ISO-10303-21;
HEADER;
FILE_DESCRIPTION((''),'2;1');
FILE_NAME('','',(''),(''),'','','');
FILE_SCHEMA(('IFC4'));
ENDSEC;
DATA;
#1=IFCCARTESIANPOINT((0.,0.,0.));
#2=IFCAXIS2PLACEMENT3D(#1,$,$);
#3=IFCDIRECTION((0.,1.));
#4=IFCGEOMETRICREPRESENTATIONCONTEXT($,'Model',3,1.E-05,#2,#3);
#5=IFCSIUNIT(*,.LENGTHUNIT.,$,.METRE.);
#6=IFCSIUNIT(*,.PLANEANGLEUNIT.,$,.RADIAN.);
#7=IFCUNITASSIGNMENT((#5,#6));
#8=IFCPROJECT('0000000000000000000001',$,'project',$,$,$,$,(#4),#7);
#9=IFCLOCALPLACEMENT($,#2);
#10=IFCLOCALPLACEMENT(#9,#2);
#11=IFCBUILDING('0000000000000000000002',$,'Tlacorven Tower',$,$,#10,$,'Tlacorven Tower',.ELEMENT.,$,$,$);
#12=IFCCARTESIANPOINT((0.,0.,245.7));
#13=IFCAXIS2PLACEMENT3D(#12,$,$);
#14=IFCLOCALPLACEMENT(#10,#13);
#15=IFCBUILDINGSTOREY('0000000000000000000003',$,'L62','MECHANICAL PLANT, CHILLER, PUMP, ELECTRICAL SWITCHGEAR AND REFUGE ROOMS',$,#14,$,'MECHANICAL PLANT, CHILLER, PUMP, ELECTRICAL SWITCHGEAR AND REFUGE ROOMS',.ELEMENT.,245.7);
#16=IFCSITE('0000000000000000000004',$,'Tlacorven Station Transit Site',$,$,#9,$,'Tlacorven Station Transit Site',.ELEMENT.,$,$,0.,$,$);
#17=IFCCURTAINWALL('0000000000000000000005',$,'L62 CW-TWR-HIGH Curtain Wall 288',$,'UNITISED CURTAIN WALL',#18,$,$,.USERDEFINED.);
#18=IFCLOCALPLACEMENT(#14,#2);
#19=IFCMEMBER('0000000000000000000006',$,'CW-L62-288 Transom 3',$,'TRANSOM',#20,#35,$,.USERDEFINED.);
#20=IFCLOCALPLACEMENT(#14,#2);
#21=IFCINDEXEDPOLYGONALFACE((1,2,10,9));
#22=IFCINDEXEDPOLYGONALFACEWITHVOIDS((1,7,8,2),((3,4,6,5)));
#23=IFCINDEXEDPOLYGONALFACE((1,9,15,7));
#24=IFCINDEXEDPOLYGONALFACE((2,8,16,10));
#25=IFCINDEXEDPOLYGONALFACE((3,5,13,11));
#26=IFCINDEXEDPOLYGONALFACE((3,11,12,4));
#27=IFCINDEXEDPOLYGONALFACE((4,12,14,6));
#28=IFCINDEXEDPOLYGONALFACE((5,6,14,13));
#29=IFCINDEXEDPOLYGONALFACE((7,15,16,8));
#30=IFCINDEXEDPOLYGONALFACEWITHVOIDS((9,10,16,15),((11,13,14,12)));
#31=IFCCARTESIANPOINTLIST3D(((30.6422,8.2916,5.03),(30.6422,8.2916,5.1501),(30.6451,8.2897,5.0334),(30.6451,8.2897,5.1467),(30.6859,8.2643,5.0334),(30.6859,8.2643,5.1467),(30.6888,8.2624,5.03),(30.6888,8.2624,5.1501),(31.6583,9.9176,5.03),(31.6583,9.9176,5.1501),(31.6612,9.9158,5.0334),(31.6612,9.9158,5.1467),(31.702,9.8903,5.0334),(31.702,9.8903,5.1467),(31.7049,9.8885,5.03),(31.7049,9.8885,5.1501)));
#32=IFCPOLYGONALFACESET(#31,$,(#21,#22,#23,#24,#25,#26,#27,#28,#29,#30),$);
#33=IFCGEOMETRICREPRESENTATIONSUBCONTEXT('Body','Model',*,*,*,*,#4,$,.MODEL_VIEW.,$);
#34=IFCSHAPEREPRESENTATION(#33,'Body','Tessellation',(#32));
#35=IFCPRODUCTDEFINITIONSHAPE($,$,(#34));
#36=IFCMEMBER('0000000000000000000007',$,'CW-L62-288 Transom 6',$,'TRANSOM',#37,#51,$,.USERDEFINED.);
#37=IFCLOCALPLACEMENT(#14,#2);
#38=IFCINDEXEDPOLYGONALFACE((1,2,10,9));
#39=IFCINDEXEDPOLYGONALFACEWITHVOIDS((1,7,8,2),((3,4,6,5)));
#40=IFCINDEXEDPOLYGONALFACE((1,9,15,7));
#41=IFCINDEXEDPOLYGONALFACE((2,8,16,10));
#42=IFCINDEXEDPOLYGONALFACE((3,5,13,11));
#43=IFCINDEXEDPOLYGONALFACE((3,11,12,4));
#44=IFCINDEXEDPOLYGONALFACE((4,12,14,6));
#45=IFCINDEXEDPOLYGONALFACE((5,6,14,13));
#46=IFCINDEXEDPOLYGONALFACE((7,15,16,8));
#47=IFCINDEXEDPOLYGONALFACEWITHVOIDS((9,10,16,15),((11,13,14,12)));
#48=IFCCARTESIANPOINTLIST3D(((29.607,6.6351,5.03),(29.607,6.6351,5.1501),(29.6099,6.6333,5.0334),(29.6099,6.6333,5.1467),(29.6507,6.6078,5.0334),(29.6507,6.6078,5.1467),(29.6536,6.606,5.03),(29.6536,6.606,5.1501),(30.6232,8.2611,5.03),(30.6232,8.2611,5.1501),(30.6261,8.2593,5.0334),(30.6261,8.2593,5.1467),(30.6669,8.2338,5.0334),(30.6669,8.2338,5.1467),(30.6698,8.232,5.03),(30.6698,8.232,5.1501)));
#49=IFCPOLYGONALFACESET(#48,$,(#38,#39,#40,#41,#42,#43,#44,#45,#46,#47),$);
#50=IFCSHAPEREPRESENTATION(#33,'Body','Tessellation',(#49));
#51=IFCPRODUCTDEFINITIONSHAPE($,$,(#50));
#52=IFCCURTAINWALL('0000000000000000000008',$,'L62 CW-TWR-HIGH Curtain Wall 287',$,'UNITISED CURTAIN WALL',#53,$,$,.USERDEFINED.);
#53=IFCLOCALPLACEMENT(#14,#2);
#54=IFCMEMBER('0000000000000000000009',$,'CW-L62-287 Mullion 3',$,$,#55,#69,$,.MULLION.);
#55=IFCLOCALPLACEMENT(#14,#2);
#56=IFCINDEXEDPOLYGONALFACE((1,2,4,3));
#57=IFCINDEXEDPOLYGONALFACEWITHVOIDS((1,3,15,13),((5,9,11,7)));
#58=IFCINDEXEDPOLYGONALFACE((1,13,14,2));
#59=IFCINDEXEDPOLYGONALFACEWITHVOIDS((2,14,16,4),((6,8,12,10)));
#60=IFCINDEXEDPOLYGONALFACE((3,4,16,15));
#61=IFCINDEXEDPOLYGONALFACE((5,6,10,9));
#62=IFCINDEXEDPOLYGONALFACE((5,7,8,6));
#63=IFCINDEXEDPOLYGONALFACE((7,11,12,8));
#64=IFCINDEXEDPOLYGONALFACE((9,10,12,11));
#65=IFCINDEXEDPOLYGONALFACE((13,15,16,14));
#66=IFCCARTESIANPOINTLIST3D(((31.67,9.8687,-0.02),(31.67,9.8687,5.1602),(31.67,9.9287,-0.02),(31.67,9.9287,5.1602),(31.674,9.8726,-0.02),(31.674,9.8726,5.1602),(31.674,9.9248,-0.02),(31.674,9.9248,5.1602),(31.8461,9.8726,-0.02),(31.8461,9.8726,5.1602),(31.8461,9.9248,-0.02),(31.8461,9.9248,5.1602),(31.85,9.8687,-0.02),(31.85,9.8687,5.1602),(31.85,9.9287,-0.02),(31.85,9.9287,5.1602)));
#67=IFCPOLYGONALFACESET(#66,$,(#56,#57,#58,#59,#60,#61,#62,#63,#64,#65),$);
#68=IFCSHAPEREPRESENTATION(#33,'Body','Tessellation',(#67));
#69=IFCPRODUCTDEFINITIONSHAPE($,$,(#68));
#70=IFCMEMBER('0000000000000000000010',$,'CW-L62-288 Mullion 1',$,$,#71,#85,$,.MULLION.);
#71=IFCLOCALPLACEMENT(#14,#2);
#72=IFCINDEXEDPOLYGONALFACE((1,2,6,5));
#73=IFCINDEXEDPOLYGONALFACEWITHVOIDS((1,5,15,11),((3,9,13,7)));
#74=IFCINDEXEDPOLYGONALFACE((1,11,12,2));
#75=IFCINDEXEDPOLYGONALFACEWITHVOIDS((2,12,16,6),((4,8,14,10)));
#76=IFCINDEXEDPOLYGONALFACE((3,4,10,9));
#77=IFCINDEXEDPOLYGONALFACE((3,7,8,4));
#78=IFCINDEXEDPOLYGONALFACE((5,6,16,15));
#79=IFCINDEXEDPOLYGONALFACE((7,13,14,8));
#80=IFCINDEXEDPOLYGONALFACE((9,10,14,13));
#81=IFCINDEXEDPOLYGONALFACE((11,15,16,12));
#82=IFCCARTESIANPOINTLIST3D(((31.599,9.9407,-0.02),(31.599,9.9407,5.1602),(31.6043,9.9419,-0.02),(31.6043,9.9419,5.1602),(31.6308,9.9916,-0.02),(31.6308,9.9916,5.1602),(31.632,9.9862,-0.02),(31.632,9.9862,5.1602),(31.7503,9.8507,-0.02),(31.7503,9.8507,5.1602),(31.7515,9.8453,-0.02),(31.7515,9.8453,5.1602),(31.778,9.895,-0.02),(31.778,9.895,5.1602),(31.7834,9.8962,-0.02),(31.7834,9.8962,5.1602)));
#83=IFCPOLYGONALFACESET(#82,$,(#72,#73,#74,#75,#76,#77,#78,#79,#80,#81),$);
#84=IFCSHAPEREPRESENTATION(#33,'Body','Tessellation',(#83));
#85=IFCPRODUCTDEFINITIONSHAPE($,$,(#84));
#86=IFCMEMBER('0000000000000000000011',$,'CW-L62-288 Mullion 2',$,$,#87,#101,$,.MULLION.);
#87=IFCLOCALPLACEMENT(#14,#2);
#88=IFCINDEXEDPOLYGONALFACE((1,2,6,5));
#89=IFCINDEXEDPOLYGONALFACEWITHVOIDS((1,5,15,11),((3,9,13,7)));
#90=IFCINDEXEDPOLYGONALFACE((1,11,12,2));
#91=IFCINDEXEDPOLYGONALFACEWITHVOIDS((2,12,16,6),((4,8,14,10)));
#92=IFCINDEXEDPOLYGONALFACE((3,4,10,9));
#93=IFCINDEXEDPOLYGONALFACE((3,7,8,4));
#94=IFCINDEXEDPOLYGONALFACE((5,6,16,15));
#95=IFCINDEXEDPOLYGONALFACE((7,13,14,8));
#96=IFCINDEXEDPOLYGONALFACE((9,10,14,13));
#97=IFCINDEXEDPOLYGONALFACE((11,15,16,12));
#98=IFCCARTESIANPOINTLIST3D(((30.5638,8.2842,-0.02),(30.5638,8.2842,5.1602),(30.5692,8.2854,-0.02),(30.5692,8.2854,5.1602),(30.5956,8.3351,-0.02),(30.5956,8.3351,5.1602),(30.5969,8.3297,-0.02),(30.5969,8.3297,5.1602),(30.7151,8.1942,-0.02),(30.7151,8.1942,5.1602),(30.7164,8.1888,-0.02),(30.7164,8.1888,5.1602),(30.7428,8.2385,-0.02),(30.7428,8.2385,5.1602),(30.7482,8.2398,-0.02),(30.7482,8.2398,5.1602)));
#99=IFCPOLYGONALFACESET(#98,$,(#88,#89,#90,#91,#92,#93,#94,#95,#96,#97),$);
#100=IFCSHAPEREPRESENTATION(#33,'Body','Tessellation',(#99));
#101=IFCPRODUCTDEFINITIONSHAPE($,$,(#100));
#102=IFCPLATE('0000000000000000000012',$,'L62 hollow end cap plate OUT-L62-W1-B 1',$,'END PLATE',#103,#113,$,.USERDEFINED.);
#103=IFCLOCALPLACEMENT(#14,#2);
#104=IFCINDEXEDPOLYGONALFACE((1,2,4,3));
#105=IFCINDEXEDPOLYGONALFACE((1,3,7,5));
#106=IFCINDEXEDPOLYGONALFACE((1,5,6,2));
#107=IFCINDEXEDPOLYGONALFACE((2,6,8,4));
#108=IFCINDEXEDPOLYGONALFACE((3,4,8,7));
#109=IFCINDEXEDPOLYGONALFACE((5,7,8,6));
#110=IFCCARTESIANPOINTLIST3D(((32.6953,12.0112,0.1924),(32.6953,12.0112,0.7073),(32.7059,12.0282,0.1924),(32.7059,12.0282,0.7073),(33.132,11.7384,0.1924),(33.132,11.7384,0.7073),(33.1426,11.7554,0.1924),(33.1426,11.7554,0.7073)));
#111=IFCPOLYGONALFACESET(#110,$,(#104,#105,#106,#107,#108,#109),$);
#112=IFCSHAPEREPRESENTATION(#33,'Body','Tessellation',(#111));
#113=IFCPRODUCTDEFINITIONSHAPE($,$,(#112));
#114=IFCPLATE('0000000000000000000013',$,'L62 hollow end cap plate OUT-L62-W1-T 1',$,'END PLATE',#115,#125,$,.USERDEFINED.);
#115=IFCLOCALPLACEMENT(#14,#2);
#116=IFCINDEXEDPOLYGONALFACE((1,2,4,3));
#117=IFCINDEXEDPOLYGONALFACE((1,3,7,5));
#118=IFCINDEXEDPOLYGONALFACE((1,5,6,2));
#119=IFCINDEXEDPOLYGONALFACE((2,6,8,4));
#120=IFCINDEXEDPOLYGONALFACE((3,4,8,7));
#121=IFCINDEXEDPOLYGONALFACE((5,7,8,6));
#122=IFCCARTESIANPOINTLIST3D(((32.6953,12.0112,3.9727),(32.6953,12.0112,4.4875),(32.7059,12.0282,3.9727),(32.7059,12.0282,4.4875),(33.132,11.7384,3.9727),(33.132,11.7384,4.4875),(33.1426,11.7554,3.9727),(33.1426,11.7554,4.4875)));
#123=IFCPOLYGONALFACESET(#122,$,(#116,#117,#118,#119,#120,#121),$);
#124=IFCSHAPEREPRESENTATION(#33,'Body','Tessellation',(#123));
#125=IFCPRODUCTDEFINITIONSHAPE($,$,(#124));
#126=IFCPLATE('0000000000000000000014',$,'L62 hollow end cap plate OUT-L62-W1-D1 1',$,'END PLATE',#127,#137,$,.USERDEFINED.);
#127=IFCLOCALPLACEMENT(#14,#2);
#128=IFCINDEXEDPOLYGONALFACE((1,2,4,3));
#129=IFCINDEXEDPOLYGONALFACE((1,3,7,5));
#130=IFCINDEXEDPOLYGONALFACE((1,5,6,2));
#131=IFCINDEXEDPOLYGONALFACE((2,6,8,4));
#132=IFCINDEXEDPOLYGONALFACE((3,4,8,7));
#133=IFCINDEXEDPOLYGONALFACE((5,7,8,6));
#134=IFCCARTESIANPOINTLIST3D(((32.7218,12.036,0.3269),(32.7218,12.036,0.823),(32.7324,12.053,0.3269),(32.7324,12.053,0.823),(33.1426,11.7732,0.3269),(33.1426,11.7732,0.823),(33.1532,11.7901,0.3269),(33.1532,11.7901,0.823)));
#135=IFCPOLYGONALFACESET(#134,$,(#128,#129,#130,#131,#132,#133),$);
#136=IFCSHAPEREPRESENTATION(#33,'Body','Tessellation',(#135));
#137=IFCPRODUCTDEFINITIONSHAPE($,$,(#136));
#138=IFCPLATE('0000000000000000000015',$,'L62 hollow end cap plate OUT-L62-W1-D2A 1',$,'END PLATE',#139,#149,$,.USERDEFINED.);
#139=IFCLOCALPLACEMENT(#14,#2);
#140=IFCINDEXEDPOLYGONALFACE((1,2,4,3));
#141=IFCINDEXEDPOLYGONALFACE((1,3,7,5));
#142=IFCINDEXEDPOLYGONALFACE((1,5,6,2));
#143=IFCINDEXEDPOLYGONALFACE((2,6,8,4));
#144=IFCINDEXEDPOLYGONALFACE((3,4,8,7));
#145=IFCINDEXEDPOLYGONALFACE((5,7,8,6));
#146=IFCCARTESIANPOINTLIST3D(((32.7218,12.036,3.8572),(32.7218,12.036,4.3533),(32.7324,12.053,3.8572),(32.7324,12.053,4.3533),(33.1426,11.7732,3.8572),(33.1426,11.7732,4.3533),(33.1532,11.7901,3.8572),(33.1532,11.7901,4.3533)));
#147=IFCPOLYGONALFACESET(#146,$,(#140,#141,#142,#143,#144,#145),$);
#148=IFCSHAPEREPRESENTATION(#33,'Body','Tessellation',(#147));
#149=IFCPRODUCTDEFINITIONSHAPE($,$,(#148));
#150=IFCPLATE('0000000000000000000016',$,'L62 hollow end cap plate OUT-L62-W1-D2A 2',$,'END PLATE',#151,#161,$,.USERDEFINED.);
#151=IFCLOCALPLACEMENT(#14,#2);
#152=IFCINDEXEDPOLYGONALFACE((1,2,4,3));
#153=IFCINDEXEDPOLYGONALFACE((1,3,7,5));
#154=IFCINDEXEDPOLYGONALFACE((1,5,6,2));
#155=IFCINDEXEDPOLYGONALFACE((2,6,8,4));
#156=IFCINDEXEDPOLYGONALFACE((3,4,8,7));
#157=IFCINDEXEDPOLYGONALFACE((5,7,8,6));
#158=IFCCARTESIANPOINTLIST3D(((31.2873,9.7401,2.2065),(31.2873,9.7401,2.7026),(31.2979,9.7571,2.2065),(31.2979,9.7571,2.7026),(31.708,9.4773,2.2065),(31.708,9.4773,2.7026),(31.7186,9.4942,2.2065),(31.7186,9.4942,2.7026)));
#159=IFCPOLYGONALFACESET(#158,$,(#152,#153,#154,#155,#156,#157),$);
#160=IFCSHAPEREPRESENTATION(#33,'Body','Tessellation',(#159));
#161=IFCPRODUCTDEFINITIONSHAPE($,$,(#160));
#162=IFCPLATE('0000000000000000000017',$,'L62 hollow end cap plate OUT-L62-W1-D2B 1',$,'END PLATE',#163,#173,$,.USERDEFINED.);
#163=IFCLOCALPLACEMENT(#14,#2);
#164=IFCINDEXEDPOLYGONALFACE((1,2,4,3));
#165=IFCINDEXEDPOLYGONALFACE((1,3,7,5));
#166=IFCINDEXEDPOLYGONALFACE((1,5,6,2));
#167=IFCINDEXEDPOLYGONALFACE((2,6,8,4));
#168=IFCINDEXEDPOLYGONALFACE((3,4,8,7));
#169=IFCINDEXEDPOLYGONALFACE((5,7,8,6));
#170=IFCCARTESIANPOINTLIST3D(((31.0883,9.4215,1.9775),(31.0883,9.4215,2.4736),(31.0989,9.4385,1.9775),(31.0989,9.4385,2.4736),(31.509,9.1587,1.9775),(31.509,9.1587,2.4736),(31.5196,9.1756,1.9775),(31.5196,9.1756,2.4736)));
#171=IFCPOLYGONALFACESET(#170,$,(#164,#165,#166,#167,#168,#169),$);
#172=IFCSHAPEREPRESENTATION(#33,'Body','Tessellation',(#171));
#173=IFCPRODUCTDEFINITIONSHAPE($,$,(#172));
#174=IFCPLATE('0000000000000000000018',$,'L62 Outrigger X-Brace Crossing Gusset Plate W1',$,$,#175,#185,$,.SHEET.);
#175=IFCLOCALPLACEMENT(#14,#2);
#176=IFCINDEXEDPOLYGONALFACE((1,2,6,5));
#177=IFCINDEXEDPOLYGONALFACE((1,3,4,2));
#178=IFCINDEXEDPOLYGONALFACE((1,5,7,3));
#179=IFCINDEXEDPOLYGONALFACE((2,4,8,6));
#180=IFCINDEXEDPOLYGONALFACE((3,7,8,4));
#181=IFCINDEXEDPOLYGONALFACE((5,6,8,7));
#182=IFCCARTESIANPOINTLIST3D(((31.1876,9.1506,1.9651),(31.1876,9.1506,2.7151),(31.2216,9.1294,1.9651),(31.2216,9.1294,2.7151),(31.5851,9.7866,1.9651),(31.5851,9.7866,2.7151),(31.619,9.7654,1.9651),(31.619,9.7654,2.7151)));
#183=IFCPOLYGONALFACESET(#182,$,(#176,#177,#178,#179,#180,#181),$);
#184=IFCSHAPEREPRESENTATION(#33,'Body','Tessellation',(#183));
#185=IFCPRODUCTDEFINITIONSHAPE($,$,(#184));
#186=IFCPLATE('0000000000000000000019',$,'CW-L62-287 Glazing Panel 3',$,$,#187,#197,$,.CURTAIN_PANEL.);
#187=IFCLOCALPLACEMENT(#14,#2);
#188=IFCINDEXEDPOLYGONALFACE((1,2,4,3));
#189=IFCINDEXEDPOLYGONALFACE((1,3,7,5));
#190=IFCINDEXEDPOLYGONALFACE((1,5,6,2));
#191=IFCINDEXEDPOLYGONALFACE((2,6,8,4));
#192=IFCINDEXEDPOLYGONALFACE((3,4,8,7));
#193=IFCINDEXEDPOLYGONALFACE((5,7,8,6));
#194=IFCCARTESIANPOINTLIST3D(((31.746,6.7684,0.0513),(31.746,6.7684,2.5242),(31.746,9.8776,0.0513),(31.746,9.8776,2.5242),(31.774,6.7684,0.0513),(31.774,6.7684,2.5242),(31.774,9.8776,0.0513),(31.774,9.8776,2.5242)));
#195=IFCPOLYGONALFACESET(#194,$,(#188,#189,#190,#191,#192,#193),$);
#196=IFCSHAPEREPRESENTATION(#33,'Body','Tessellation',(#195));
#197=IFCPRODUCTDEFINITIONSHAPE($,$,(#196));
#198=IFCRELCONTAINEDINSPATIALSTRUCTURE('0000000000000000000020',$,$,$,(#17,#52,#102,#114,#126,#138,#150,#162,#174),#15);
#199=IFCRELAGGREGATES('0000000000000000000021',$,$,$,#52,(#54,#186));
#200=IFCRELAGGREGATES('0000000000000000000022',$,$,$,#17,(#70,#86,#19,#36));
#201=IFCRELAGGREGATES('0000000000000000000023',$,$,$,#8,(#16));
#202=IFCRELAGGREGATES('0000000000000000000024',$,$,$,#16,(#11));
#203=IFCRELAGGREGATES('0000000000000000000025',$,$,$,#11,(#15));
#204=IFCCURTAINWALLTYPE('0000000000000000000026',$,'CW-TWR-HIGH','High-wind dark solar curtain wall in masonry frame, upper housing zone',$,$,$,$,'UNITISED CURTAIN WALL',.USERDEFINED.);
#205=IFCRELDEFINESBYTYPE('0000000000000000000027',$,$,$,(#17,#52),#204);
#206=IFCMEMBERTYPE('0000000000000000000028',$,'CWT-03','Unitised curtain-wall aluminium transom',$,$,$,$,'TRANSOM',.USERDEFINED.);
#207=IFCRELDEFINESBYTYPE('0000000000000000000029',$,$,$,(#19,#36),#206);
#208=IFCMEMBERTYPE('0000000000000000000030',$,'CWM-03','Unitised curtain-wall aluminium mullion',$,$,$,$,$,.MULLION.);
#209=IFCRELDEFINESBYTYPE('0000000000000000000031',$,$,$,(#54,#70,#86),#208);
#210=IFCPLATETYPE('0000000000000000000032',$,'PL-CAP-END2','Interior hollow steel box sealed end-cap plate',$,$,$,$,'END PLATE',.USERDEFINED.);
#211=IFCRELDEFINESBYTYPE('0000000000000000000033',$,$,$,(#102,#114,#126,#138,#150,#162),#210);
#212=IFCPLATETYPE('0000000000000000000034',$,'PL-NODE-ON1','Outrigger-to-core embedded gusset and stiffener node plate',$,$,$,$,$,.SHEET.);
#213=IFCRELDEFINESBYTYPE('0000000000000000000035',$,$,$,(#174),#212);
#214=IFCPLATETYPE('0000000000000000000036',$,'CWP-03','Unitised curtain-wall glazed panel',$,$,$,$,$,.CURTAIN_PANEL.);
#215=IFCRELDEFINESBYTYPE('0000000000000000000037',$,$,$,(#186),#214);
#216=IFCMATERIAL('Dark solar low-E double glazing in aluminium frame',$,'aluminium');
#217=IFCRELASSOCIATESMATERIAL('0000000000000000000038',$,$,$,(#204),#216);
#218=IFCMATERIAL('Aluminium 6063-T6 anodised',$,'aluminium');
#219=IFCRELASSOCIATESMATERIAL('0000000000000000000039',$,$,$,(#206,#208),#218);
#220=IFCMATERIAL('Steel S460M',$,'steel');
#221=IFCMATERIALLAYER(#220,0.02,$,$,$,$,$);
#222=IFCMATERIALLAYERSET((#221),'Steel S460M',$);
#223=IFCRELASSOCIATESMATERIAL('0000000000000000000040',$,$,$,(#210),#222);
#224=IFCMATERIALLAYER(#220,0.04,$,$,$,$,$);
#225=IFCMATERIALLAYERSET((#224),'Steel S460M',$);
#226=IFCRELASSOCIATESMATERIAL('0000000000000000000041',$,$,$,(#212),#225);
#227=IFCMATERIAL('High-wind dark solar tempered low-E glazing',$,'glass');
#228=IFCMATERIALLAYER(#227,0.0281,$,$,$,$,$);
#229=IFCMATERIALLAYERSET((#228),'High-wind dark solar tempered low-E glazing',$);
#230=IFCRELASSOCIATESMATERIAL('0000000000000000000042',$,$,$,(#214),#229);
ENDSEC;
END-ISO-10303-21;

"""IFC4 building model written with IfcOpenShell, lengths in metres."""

from ifc_helpers import new_model, si_unit, direction, frame, origin, origin_2d, place, context, subcontext, project, spatial, rectangle, hollow_rectangle, extrude, source, transform, mapped, material, layer, layer_set, material_profile, profile_set, type_object, element, aggregate, save


model = new_model("IFC4")

# Units and contexts
model_context = context("Model", 3, precision=1e-05, world=origin(), true_north=direction((0.0, 1.0)))
body_context = subcontext(model_context, "Body", "Model", "MODEL_VIEW")
ifc_project = project(units=[si_unit("LENGTHUNIT", "METRE"), si_unit("PLANEANGLEUNIT", "RADIAN")], contexts=[model_context])

# Site, building, storey
site_placement = place(None, origin())
site = spatial("IfcSite", under=ifc_project, at=site_placement, Name="Tlacorven Station Transit Site", LongName="Tlacorven Station Transit Site", CompositionType="ELEMENT", RefElevation=0.0)
building_placement = place(site_placement, origin())
building = spatial("IfcBuilding", under=site, at=building_placement, Name="Tlacorven Tower", LongName="Tlacorven Tower", CompositionType="ELEMENT")
storey_placement = place(building_placement, frame((0.0, 0.0, 245.7)))
storey = spatial("IfcBuildingStorey", under=building, at=storey_placement, Name="L62", Description="MECHANICAL PLANT, CHILLER, PUMP, ELECTRICAL SWITCHGEAR AND REFUGE ROOMS", LongName="MECHANICAL PLANT, CHILLER, PUMP, ELECTRICAL SWITCHGEAR AND REFUGE ROOMS", CompositionType="ELEMENT", Elevation=245.7)

# Shared definitions
ifc_material_1 = material(Name="Steel S460M", Category="steel")

# Curtain wall, members
ifc_material_2 = material(Name="Dark solar low-E double glazing in aluminium frame", Category="aluminium")
curtain_wall_type = type_object("IfcCurtainWallType", Name="CW-TWR-HIGH", Description="High-wind dark solar curtain wall in masonry frame, upper housing zone", ElementType="UNITISED CURTAIN WALL", PredefinedType="USERDEFINED", material=ifc_material_2)
curtain_wall_1_placement = place(storey_placement, origin())
curtain_wall_1 = element("IfcCurtainWall", 1, at=curtain_wall_1_placement, inside=storey, type_object=curtain_wall_type, Name="L62 CW-TWR-HIGH Curtain Wall 288", ObjectType="UNITISED CURTAIN WALL", PredefinedType="USERDEFINED")
ifc_material_3 = material(Name="Aluminium 6063-T6 anodised", Category="aluminium")
ifc_material_profile_1 = material_profile(ifc_material_3, hollow_rectangle(XDim=0.0549, YDim=0.1201, WallThickness=0.0034, at=origin_2d()), Name="ALU TRANSOM 55X120")
ifc_profile_set_1 = profile_set([ifc_material_profile_1], Name="Aluminium 6063-T6 anodised")
member_type_1 = type_object("IfcMemberType", Name="CWT-03", Description="Unitised curtain-wall aluminium transom", ElementType="TRANSOM", PredefinedType="USERDEFINED", material=ifc_profile_set_1)
shared_shape_1 = source(origin(), body_context, "Body", "SweptSolid", [
    extrude(hollow_rectangle(XDim=0.0549, YDim=0.1201, WallThickness=0.0034, at=origin_2d()), origin(), (0.0, 0.0, 1.0), 1.9175),
])
member_1_placement = place(storey_placement, frame((31.6816, 9.9031, 5.0901), z_axis=(-0.529953, -0.848027, 0.0), x_axis=(0.848027, -0.529953, 0.0)))
member_1 = element("IfcMember", 2, at=member_1_placement, type_object=member_type_1, Name="CW-L62-288 Transom 3", ObjectType="TRANSOM", PredefinedType="USERDEFINED", context=body_context, shape_type="MappedRepresentation", body=[
    mapped(shared_shape_1, transform((0.0, 0.0, 0.0), scale=1.0)),
])
member_2_placement = place(storey_placement, frame((30.6465, 8.2466, 5.0901), z_axis=(-0.529953, -0.848027, 0.0), x_axis=(0.848027, -0.529953, 0.0)))
member_2 = element("IfcMember", 3, at=member_2_placement, type_object=member_type_1, Name="CW-L62-288 Transom 6", ObjectType="TRANSOM", PredefinedType="USERDEFINED", context=body_context, shape_type="MappedRepresentation", body=[
    mapped(shared_shape_1, transform((0.0, 0.0, 0.0), scale=1.0)),
])

# Curtain wall, member
curtain_wall_2_placement = place(storey_placement, origin())
curtain_wall_2 = element("IfcCurtainWall", 4, at=curtain_wall_2_placement, inside=storey, type_object=curtain_wall_type, Name="L62 CW-TWR-HIGH Curtain Wall 287", ObjectType="UNITISED CURTAIN WALL", PredefinedType="USERDEFINED")
ifc_material_profile_2 = material_profile(ifc_material_3, hollow_rectangle(XDim=0.0601, YDim=0.1799, WallThickness=0.0039, at=origin_2d()), Name="ALU MULLION 60X180")
ifc_profile_set_2 = profile_set([ifc_material_profile_2], Name="Aluminium 6063-T6 anodised")
member_type_2 = type_object("IfcMemberType", Name="CWM-03", Description="Unitised curtain-wall aluminium mullion", PredefinedType="MULLION", material=ifc_profile_set_2)
shared_shape_2 = source(origin(), body_context, "Body", "SweptSolid", [
    extrude(hollow_rectangle(XDim=0.0601, YDim=0.1799, WallThickness=0.0039, at=origin_2d()), origin(), (0.0, 0.0, 1.0), 5.1802),
])
member_3_placement = place(storey_placement, frame((31.76, 9.8987, -0.02), z_axis=(0.0, 0.0, 1.0), x_axis=(0.0, 1.0, 0.0)))
member_3 = element("IfcMember", 5, at=member_3_placement, type_object=member_type_2, Name="CW-L62-287 Mullion 3", PredefinedType="MULLION", context=body_context, shape_type="MappedRepresentation", body=[
    mapped(shared_shape_2, transform((0.0, 0.0, 0.0), scale=1.0)),
])

# Members
member_4_placement = place(storey_placement, frame((31.6912, 9.9185, -0.02), z_axis=(0.0, 0.0, 1.0), x_axis=(-0.529919, -0.848048, 0.0)))
member_4 = element("IfcMember", 6, at=member_4_placement, type_object=member_type_2, Name="CW-L62-288 Mullion 1", PredefinedType="MULLION", context=body_context, shape_type="MappedRepresentation", body=[
    mapped(shared_shape_2, transform((0.0, 0.0, 0.0), scale=1.0)),
])
member_5_placement = place(storey_placement, frame((30.656, 8.262, -0.02), z_axis=(0.0, 0.0, 1.0), x_axis=(-0.529919, -0.848048, 0.0)))
member_5 = element("IfcMember", 7, at=member_5_placement, type_object=member_type_2, Name="CW-L62-288 Mullion 2", PredefinedType="MULLION", context=body_context, shape_type="MappedRepresentation", body=[
    mapped(shared_shape_2, transform((0.0, 0.0, 0.0), scale=1.0)),
])

# Plates
ifc_layer_1 = layer(ifc_material_1, 0.02)
ifc_layer_set_1 = layer_set([ifc_layer_1], Name="Steel S460M")
plate_type_1 = type_object("IfcPlateType", Name="PL-CAP-END2", Description="Interior hollow steel box sealed end-cap plate", ElementType="END PLATE", PredefinedType="USERDEFINED", material=ifc_layer_set_1)
shared_shape_3 = source(origin(), body_context, "Body", "SweptSolid", [
    extrude(rectangle(XDim=0.02, YDim=0.5149, at=origin_2d()), origin(), (0.0, 0.0, 1.0), 0.5149),
])
for number, where, z_axis, x_axis, name in (
    (8, (32.9189, 11.8833, 0.1924), (0.0, 0.0, 1.0), (-0.529919, -0.848048, 0.0), "L62 hollow end cap plate OUT-L62-W1-B 1"),
    (9, (32.9189, 11.8833, 3.9727), (0.0, 0.0, 1.0), (-0.529919, -0.848048, 0.0), "L62 hollow end cap plate OUT-L62-W1-T 1"),
):
    element("IfcPlate", number, at=place(storey_placement, frame(where, z_axis=z_axis, x_axis=x_axis)), inside=storey, type_object=plate_type_1, Name=name, ObjectType="END PLATE", PredefinedType="USERDEFINED", context=body_context, shape_type="MappedRepresentation", body=[
        mapped(shared_shape_3, transform((0.0, 0.0, 0.0), scale=1.0)),
    ])
shared_shape_4 = source(origin(), body_context, "Body", "SweptSolid", [
    extrude(rectangle(XDim=0.02, YDim=0.4961, at=origin_2d()), origin(), (0.0, 0.0, 1.0), 0.4961),
])
for number, where, z_axis, x_axis, name in (
    (10, (32.9375, 11.9131, 0.3269), (0.0, 0.0, 1.0), (-0.529919, -0.848048, 0.0), "L62 hollow end cap plate OUT-L62-W1-D1 1"),
    (11, (32.9375, 11.9131, 3.8572), (0.0, 0.0, 1.0), (-0.529918, -0.848049, 0.0), "L62 hollow end cap plate OUT-L62-W1-D2A 1"),
    (12, (31.5029, 9.6172, 2.2065), (0.0, 0.0, 1.0), (-0.529918, -0.848049, 0.0), "L62 hollow end cap plate OUT-L62-W1-D2A 2"),
    (13, (31.304, 9.2986, 1.9775), (0.0, 0.0, 1.0), (-0.52992, -0.848048, 0.0), "L62 hollow end cap plate OUT-L62-W1-D2B 1"),
):
    element("IfcPlate", number, at=place(storey_placement, frame(where, z_axis=z_axis, x_axis=x_axis)), inside=storey, type_object=plate_type_1, Name=name, ObjectType="END PLATE", PredefinedType="USERDEFINED", context=body_context, shape_type="MappedRepresentation", body=[
        mapped(shared_shape_4, transform((0.0, 0.0, 0.0), scale=1.0)),
    ])
ifc_layer_2 = layer(ifc_material_1, 0.04)
ifc_layer_set_2 = layer_set([ifc_layer_2], Name="Steel S460M")
plate_type_2 = type_object("IfcPlateType", Name="PL-NODE-ON1", Description="Outrigger-to-core embedded gusset and stiffener node plate", PredefinedType="SHEET", material=ifc_layer_set_2)
shared_shape_5 = source(origin(), body_context, "Body", "SweptSolid", [
    extrude(rectangle(XDim=0.75, YDim=0.04, at=origin_2d()), origin(), (0.0, 0.0, 1.0), 0.75),
])
plate_1_placement = place(storey_placement, frame((31.4033, 9.458, 1.9651), z_axis=(0.0, 0.0, 1.0), x_axis=(-0.529919, -0.848048, 0.0)))
element("IfcPlate", 14, at=plate_1_placement, inside=storey, type_object=plate_type_2, Name="L62 Outrigger X-Brace Crossing Gusset Plate W1", PredefinedType="SHEET", context=body_context, shape_type="MappedRepresentation", body=[
    mapped(shared_shape_5, transform((0.0, 0.0, 0.0), scale=1.0)),
])

# Plate
ifc_material_4 = material(Name="High-wind dark solar tempered low-E glazing", Category="glass")
ifc_layer_3 = layer(ifc_material_4, 0.0281)
ifc_layer_set_3 = layer_set([ifc_layer_3], Name="High-wind dark solar tempered low-E glazing")
plate_type_3 = type_object("IfcPlateType", Name="CWP-03", Description="Unitised curtain-wall glazed panel", PredefinedType="CURTAIN_PANEL", material=ifc_layer_set_3)
shared_shape_6 = source(origin(), body_context, "Body", "SweptSolid", [
    extrude(rectangle(XDim=3.1091, YDim=0.0281, at=origin_2d()), origin(), (0.0, 0.0, 1.0), 2.4729),
])
plate_2_placement = place(storey_placement, frame((31.76, 8.323, 0.0513), z_axis=(0.0, 0.0, 1.0), x_axis=(0.0, 1.0, 0.0)))
plate_2 = element("IfcPlate", 15, at=plate_2_placement, type_object=plate_type_3, Name="CW-L62-287 Glazing Panel 3", PredefinedType="CURTAIN_PANEL", context=body_context, shape_type="MappedRepresentation", body=[
    mapped(shared_shape_6, transform((0.0, 0.0, 0.0), scale=1.0)),
])
aggregate(curtain_wall_2, [member_3, plate_2])
aggregate(curtain_wall_1, [member_4, member_5, member_1, member_2])

save(model, "model.ifc")
